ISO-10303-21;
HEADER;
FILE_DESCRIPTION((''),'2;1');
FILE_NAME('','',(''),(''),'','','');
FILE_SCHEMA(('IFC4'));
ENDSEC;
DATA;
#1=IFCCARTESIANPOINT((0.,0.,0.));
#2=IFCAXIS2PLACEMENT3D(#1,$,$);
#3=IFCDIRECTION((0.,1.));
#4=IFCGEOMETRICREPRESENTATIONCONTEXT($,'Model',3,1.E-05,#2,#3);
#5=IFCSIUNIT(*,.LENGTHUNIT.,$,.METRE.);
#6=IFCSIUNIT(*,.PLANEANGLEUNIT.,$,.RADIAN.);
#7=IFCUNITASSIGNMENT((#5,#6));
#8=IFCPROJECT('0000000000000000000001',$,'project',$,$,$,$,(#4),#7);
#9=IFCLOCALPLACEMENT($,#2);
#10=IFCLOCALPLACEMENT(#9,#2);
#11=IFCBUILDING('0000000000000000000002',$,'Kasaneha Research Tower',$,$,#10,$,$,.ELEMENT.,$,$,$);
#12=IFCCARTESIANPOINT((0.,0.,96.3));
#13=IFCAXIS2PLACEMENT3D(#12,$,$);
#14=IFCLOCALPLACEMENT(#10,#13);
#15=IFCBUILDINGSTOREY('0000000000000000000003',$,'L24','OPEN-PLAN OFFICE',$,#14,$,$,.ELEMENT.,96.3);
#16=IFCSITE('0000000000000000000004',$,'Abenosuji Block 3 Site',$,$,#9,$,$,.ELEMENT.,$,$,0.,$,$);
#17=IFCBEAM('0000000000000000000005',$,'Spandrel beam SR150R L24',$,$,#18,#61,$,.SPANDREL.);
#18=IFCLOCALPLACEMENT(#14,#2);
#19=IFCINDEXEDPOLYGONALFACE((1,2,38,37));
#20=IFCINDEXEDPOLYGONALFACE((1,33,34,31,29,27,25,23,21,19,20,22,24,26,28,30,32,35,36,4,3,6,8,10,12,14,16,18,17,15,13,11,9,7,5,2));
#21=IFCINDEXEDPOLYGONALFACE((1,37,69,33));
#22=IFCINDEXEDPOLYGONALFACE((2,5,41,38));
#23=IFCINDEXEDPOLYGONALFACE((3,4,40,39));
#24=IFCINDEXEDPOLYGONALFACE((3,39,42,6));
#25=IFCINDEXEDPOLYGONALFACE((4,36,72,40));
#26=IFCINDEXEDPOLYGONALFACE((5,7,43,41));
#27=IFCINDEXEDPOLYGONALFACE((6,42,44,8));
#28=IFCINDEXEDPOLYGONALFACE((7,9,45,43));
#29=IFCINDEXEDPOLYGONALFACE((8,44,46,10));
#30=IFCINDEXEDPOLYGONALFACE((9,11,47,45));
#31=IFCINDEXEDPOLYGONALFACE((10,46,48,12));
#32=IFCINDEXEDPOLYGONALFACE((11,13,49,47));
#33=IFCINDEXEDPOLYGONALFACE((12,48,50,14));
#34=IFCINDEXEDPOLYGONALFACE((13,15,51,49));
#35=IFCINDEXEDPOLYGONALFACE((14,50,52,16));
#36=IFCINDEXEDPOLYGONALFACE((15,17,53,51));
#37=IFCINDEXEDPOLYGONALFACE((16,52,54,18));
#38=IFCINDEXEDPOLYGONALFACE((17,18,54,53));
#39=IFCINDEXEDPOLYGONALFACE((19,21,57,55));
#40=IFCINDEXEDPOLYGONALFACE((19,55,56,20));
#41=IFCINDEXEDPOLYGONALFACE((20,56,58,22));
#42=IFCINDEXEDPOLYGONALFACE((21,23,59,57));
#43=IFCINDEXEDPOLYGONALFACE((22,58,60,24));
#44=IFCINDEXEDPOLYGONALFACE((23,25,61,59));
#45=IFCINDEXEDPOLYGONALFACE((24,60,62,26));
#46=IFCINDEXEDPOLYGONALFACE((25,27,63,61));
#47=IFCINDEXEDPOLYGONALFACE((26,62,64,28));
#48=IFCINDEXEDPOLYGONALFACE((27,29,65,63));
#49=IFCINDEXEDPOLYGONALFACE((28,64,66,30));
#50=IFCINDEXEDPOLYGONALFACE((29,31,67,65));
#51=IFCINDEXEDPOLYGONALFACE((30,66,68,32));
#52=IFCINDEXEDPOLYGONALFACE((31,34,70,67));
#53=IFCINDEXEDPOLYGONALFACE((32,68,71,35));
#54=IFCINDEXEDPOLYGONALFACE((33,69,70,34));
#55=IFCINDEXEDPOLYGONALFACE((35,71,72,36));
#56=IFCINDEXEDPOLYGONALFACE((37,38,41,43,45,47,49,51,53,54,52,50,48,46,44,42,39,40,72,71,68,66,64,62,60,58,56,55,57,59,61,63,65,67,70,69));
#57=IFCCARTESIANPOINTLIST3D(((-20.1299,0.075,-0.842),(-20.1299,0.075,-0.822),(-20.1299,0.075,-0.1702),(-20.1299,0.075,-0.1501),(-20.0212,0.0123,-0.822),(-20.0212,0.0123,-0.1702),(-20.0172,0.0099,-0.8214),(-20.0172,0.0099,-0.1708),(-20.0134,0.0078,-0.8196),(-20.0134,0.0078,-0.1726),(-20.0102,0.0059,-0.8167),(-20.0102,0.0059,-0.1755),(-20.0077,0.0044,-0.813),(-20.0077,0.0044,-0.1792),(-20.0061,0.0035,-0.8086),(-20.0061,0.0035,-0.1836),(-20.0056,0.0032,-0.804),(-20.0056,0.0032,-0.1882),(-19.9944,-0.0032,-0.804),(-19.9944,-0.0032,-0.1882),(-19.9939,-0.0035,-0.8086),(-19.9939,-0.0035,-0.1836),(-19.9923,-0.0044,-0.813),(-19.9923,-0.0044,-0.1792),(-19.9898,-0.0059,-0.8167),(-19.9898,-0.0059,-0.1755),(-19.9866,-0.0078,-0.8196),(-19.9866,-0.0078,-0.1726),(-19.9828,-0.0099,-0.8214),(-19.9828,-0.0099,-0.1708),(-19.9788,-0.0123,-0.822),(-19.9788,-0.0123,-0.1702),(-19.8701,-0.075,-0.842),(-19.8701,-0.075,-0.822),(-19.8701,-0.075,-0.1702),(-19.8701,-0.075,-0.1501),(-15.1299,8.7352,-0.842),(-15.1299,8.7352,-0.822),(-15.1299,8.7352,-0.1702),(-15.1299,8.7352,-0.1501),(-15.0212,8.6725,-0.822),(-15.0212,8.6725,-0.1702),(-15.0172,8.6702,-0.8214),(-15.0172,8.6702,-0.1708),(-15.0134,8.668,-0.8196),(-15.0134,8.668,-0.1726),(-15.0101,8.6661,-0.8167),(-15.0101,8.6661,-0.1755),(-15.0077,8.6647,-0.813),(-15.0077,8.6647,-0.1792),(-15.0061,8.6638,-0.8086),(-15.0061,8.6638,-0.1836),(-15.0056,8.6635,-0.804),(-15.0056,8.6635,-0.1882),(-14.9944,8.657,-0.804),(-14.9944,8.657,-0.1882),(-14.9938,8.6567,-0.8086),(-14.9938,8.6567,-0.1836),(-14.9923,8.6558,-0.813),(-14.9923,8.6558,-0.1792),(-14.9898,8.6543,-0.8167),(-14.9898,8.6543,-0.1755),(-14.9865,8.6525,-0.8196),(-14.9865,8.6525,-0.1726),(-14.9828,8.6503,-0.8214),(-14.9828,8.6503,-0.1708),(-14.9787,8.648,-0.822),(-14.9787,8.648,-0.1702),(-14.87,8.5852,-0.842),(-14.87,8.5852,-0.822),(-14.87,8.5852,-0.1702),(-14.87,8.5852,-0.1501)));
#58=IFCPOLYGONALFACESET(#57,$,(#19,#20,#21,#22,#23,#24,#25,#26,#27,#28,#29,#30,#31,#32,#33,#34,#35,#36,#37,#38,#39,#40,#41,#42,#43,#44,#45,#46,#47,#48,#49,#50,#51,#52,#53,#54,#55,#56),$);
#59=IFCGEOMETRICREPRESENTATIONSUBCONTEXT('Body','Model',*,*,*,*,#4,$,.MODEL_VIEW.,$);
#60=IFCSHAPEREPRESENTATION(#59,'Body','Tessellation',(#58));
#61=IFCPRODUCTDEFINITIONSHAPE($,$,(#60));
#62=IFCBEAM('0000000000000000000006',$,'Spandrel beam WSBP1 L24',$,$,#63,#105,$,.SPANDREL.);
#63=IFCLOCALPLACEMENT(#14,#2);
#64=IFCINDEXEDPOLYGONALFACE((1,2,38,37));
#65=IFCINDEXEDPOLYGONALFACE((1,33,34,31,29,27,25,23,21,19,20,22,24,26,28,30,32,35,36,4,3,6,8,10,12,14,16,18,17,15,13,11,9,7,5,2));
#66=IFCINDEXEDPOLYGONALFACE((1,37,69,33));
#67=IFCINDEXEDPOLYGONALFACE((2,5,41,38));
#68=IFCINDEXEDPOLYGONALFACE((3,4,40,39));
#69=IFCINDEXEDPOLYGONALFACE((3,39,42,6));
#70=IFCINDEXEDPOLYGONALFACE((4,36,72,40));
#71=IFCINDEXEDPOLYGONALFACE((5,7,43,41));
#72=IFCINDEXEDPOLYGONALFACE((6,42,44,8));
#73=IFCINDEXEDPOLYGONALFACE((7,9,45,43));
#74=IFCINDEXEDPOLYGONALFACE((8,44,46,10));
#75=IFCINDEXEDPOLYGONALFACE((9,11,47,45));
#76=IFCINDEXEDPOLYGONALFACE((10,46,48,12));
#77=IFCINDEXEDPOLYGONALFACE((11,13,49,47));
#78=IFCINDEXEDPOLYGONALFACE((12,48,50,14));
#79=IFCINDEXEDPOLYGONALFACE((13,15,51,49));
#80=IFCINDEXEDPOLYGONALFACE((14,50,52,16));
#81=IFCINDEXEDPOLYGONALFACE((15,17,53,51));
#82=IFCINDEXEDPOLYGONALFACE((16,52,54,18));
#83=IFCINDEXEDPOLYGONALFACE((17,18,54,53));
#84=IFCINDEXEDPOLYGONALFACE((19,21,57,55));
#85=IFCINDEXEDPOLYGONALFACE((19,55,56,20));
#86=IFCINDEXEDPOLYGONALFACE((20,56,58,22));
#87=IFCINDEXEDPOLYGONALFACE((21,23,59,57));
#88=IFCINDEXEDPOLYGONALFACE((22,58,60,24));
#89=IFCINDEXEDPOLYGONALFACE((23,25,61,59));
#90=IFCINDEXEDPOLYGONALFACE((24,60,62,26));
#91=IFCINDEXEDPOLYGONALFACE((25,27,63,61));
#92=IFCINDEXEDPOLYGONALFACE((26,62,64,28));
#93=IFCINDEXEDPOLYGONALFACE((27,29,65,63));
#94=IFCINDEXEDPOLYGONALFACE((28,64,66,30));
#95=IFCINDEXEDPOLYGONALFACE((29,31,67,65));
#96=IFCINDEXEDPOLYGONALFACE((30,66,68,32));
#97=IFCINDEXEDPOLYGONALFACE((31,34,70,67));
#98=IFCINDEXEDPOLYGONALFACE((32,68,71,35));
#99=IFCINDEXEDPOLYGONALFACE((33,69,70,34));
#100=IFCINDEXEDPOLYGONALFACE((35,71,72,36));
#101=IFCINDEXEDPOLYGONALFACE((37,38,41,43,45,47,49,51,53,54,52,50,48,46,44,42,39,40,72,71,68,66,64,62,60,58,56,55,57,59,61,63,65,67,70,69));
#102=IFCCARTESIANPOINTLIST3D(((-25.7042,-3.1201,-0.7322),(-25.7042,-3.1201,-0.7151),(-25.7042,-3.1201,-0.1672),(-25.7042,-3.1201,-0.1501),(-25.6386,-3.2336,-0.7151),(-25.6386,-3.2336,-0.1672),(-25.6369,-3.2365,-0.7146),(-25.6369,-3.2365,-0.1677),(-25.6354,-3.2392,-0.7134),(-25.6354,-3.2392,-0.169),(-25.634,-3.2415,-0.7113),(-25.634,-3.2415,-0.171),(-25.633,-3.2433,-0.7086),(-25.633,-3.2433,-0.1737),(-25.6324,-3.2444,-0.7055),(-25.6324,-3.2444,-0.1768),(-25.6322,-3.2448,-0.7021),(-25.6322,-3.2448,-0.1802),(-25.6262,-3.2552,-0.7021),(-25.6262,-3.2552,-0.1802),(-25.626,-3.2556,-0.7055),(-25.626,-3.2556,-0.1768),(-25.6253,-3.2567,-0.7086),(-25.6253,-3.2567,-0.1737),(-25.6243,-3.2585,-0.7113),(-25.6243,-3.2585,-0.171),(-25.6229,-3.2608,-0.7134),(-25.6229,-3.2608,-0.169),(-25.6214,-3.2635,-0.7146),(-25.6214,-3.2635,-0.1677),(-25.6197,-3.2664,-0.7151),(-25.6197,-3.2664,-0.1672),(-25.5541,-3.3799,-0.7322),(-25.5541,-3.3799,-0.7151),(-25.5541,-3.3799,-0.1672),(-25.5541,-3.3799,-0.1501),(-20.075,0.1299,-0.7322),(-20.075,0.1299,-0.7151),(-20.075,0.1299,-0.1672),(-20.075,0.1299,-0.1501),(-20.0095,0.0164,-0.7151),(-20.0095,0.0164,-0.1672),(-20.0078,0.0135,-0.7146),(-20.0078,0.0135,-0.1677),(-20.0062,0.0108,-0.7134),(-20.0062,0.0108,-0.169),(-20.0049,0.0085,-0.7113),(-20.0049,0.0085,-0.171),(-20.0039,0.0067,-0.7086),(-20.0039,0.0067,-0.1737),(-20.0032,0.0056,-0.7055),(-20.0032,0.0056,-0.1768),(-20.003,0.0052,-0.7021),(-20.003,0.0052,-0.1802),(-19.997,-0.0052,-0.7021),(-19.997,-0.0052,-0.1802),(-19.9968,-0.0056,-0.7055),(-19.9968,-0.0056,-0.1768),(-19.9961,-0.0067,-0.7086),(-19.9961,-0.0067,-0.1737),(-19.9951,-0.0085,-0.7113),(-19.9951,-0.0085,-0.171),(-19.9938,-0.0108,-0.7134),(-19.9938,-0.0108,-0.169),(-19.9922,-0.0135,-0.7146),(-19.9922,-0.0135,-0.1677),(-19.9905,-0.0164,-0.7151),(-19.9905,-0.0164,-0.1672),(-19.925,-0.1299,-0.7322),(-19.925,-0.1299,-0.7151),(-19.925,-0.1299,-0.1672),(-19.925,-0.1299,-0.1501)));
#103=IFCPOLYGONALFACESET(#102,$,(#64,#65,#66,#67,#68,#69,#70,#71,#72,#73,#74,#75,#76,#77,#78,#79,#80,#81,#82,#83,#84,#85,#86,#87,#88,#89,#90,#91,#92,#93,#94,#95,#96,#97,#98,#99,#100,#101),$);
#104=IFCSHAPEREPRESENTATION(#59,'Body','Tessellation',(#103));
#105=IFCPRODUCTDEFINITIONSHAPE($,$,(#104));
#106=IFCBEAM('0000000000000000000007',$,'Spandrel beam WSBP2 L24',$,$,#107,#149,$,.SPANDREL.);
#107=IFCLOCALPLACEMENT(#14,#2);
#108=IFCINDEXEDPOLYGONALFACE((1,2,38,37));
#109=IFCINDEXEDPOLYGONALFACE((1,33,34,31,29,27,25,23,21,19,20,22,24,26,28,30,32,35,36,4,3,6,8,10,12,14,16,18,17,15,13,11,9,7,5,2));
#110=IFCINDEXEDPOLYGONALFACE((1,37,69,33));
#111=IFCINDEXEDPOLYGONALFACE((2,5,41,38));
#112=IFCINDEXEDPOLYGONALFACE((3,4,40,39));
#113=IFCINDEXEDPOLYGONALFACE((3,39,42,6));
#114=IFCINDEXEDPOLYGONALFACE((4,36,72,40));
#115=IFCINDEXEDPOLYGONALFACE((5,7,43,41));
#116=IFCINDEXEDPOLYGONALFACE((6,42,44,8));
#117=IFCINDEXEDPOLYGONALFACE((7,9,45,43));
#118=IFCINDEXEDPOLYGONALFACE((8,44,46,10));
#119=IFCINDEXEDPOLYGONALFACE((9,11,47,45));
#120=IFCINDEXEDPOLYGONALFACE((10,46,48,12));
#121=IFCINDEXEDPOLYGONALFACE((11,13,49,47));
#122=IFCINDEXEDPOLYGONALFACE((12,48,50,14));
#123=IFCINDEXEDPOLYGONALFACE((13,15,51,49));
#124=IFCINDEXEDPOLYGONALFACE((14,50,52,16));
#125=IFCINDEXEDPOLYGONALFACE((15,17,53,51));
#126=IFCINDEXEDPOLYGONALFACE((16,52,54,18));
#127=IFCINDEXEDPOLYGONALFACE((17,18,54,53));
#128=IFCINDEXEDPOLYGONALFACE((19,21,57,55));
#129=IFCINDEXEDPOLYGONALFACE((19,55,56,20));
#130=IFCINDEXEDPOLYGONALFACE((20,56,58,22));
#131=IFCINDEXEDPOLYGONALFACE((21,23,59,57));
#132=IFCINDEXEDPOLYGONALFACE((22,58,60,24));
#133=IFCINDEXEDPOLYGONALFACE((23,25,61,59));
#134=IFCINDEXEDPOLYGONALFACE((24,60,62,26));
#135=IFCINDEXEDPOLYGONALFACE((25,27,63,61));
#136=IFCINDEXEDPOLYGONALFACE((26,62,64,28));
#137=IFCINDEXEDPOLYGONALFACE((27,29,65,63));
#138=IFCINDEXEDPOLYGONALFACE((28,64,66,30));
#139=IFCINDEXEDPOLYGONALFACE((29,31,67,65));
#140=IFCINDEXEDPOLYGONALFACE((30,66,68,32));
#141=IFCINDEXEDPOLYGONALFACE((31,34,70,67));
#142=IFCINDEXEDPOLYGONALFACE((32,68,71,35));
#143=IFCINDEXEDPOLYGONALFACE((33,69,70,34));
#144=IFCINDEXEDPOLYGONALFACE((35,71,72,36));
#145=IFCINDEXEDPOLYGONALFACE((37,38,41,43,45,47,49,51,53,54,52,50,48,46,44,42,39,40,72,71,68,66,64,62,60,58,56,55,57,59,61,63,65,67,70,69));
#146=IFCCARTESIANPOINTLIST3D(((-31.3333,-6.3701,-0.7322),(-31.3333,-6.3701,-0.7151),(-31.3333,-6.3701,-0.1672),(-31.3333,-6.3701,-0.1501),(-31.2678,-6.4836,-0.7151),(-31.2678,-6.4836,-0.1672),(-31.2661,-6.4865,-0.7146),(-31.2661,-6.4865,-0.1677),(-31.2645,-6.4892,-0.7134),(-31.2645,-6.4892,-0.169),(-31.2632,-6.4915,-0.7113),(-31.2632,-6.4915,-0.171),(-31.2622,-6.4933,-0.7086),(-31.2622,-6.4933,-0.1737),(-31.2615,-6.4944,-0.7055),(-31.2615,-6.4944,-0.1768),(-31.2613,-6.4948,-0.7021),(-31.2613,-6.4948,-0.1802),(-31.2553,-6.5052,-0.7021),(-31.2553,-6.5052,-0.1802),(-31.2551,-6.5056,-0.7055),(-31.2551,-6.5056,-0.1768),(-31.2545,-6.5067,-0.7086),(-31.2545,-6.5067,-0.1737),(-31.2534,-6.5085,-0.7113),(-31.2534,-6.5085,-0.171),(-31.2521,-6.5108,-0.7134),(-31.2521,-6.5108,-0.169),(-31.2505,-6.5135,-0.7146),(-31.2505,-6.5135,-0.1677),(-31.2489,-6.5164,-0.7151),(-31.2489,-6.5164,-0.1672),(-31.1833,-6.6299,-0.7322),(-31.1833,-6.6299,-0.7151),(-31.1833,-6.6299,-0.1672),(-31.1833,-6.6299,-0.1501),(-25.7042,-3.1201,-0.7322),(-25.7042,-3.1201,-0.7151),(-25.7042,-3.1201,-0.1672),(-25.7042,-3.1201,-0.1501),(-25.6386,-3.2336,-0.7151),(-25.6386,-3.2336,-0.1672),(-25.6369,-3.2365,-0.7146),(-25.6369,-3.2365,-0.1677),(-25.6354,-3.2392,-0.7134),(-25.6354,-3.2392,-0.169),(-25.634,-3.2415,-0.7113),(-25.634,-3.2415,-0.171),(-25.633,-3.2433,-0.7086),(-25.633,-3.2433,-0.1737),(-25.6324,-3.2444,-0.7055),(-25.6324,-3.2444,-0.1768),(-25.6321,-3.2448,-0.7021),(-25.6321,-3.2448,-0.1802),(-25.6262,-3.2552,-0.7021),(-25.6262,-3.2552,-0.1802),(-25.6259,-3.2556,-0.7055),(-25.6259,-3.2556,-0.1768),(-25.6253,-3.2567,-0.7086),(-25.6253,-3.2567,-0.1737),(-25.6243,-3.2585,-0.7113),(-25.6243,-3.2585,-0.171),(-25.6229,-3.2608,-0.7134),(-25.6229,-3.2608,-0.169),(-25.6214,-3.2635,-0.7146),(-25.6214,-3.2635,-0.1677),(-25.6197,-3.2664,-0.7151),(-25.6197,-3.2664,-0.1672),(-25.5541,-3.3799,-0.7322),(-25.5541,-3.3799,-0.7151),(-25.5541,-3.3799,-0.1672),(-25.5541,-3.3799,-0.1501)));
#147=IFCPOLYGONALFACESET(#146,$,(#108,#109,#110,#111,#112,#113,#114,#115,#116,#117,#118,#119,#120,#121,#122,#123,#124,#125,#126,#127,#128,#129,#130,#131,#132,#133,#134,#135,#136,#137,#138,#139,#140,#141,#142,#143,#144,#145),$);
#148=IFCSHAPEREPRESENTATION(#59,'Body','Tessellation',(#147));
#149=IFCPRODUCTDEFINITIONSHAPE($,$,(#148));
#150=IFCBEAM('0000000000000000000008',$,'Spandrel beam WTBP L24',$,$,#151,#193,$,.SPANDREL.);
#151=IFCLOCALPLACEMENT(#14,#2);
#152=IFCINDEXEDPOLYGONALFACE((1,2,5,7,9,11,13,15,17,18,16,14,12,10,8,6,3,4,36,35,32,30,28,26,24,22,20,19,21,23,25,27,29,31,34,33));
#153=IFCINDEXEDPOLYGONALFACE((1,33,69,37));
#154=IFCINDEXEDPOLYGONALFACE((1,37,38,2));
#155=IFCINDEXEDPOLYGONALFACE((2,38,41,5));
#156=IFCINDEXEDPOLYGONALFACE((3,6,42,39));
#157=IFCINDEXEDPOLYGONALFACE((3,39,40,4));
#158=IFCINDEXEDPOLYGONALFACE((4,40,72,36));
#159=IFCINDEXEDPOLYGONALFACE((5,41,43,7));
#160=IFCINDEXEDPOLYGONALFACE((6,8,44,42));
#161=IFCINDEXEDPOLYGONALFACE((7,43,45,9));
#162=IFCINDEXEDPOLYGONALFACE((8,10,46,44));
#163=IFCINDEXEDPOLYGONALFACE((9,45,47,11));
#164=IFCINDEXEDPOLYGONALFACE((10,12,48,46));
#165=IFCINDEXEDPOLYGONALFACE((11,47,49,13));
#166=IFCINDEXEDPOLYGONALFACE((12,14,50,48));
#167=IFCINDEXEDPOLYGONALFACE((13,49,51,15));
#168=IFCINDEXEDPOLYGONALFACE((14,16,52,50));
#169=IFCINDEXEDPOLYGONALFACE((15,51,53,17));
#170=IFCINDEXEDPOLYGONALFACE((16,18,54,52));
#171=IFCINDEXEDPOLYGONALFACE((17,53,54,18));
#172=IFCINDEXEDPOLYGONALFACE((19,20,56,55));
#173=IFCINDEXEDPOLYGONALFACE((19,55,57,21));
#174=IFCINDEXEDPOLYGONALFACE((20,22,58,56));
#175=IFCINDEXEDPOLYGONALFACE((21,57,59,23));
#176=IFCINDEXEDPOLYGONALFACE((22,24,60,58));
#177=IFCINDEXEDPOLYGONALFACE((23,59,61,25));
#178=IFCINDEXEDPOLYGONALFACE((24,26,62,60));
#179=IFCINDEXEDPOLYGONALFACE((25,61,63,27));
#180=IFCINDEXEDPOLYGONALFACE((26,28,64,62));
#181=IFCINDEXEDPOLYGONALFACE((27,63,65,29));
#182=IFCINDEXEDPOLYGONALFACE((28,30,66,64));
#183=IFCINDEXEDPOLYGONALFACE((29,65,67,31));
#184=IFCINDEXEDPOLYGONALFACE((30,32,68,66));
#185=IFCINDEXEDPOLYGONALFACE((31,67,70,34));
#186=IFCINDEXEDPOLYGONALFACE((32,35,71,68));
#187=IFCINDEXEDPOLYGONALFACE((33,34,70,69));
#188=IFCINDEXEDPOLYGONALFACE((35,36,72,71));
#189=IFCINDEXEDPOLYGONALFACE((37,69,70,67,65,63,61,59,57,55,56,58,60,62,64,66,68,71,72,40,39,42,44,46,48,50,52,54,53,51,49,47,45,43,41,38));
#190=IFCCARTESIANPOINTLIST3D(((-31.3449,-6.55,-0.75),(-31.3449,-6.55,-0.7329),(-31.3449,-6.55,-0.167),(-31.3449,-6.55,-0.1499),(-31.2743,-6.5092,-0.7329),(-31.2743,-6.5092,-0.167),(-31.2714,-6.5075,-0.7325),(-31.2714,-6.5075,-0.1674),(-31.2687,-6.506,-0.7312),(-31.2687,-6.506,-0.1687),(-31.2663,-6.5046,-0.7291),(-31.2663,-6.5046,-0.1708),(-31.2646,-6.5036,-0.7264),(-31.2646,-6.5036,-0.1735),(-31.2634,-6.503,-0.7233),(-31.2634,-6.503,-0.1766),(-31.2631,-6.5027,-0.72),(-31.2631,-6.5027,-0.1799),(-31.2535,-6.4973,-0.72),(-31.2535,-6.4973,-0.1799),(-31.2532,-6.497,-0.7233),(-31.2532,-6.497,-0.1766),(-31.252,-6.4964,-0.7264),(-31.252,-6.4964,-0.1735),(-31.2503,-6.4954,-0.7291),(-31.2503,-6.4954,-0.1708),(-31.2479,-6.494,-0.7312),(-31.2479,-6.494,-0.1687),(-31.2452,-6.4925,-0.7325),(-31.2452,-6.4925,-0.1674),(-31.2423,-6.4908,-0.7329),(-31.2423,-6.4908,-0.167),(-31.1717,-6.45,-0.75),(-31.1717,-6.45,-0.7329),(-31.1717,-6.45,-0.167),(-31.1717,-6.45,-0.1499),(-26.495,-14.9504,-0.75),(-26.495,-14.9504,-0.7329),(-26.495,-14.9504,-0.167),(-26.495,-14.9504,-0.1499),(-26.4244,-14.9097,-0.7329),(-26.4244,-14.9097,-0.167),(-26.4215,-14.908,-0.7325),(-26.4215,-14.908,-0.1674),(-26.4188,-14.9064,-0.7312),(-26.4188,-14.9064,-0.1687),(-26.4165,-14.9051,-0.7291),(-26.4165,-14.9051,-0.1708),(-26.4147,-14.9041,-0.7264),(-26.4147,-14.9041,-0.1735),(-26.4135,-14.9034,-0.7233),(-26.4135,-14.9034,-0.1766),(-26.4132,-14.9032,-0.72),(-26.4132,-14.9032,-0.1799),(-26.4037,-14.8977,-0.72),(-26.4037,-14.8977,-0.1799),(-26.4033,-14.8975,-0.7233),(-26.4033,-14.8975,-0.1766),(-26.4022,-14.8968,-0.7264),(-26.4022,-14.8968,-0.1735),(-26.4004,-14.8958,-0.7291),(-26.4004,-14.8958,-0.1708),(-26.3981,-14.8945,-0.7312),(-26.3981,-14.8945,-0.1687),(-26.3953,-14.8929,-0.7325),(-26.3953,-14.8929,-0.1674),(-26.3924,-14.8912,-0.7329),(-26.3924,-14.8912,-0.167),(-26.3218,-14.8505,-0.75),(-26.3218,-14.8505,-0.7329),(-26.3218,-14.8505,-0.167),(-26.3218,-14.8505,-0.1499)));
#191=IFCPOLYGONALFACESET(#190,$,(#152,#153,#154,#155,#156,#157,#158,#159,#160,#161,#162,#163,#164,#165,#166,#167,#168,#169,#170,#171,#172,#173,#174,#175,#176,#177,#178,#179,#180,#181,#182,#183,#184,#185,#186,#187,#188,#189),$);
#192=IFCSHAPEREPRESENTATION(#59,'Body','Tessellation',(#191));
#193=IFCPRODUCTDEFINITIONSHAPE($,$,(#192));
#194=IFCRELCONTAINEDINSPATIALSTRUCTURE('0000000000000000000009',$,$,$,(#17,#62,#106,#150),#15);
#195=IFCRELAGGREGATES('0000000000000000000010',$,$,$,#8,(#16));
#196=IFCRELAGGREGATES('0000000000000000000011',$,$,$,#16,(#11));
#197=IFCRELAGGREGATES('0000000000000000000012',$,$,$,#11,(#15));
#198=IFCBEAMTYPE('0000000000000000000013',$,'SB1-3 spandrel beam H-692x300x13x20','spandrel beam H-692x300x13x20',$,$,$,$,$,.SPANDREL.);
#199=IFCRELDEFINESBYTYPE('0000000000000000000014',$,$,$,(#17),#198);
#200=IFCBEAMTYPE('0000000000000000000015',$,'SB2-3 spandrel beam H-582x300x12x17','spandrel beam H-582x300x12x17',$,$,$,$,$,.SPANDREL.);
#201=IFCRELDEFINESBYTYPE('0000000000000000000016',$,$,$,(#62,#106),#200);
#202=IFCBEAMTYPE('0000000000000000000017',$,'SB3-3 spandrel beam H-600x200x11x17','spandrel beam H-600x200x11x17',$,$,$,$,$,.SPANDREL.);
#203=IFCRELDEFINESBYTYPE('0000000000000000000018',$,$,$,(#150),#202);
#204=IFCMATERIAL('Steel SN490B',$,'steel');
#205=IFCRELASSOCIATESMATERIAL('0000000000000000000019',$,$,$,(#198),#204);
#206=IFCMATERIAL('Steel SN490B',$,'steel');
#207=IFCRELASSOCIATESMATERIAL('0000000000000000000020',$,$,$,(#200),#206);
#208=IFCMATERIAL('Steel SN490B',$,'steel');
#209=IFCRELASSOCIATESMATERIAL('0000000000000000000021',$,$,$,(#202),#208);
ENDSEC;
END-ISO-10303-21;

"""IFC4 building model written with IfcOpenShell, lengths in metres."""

from ifc_helpers import new_model, si_unit, direction, frame, origin, origin_2d, place, context, subcontext, project, spatial, i_section, extrude, material, material_profile, profile_set, type_object, element, save


model = new_model("IFC4")

# Units and contexts
model_context = context("Model", 3, precision=1e-05, world=origin(), true_north=direction((0.0, 1.0)))
body_context = subcontext(model_context, "Body", "Model", "MODEL_VIEW")
ifc_project = project(units=[si_unit("LENGTHUNIT", "METRE"), si_unit("PLANEANGLEUNIT", "RADIAN")], contexts=[model_context])

# Site, building, storey
site_placement = place(None, origin())
site = spatial("IfcSite", under=ifc_project, at=site_placement, Name="Abenosuji Block 3 Site", CompositionType="ELEMENT", RefElevation=0.0)
building_placement = place(site_placement, origin())
building = spatial("IfcBuilding", under=site, at=building_placement, Name="Kasaneha Research Tower", CompositionType="ELEMENT")
storey_placement = place(building_placement, frame((0.0, 0.0, 96.3)))
storey = spatial("IfcBuildingStorey", under=building, at=storey_placement, Name="L24", Description="OPEN-PLAN OFFICE", CompositionType="ELEMENT", Elevation=96.3)

# Beams
ifc_material_1 = material(Name="Steel SN490B", Category="steel")
ifc_material_profile_1 = material_profile(ifc_material_1, i_section(OverallWidth=0.3, OverallDepth=0.6919, WebThickness=0.0129, FlangeThickness=0.02, FilletRadius=0.0181, at=origin_2d()), Name="H-692x300x13x20")
ifc_profile_set_1 = profile_set([ifc_material_profile_1], Name="Steel SN490B")
beam_type_1 = type_object("IfcBeamType", Name="SB1-3 spandrel beam H-692x300x13x20", Description="spandrel beam H-692x300x13x20", PredefinedType="SPANDREL", material=ifc_profile_set_1)
beam_1_placement = place(storey_placement, frame((-20.0, 0.0, -0.4961), z_axis=(0.500004, 0.866023, 0.0), x_axis=(-0.866023, 0.500004, 0.0)))
element("IfcBeam", 1, at=beam_1_placement, inside=storey, type_object=beam_type_1, Name="Spandrel beam SR150R L24", PredefinedType="SPANDREL", context=body_context, shape_type="SweptSolid", body=[
    extrude(i_section(OverallWidth=0.3, OverallDepth=0.6919, WebThickness=0.0129, FlangeThickness=0.02, FilletRadius=0.0181, at=origin_2d()), origin(), (0.0, 0.0, 1.0), 10.0),
])
ifc_material_2 = material(Name="Steel SN490B", Category="steel")
ifc_material_profile_2 = material_profile(ifc_material_2, i_section(OverallWidth=0.3, OverallDepth=0.582, WebThickness=0.012, FlangeThickness=0.0171, FilletRadius=0.0129, at=origin_2d()), Name="H-582x300x12x17")
ifc_profile_set_2 = profile_set([ifc_material_profile_2], Name="Steel SN490B")
beam_type_2 = type_object("IfcBeamType", Name="SB2-3 spandrel beam H-582x300x12x17", Description="spandrel beam H-582x300x12x17", PredefinedType="SPANDREL", material=ifc_profile_set_2)
for number, where, z_axis, x_axis, name in (
    (2, (-20.0, 0.0, -0.4412), (-0.866025, -0.500001, 0.0), (0.500001, -0.866025, 0.0), "Spandrel beam WSBP1 L24"),
    (3, (-25.6292, -3.25, -0.4412), (-0.866025, -0.500001, 0.0), (0.500001, -0.866025, 0.0), "Spandrel beam WSBP2 L24"),
):
    element("IfcBeam", number, at=place(storey_placement, frame(where, z_axis=z_axis, x_axis=x_axis)), inside=storey, type_object=beam_type_2, Name=name, PredefinedType="SPANDREL", context=body_context, shape_type="SweptSolid", body=[
        extrude(i_section(OverallWidth=0.3, OverallDepth=0.582, WebThickness=0.012, FlangeThickness=0.0171, FilletRadius=0.0129, at=origin_2d()), origin(), (0.0, 0.0, 1.0), 6.5),
    ])
ifc_material_3 = material(Name="Steel SN490B", Category="steel")
ifc_material_profile_3 = material_profile(ifc_material_3, i_section(OverallWidth=0.2, OverallDepth=0.6001, WebThickness=0.011, FlangeThickness=0.0171, FilletRadius=0.0129, at=origin_2d()), Name="H-600x200x11x17")
ifc_profile_set_3 = profile_set([ifc_material_profile_3], Name="Steel SN490B")
beam_type_3 = type_object("IfcBeamType", Name="SB3-3 spandrel beam H-600x200x11x17", Description="spandrel beam H-600x200x11x17", PredefinedType="SPANDREL", material=ifc_profile_set_3)
beam_2_placement = place(storey_placement, frame((-31.2583, -6.5, -0.45), z_axis=(0.499991, -0.866031, 0.0), x_axis=(0.866031, 0.499991, 0.0)))
element("IfcBeam", 4, at=beam_2_placement, inside=storey, type_object=beam_type_3, Name="Spandrel beam WTBP L24", PredefinedType="SPANDREL", context=body_context, shape_type="SweptSolid", body=[
    extrude(i_section(OverallWidth=0.2, OverallDepth=0.6001, WebThickness=0.011, FlangeThickness=0.0171, FilletRadius=0.0129, at=origin_2d()), origin(), (0.0, 0.0, 1.0), 9.7),
])

save(model, "model.ifc")
